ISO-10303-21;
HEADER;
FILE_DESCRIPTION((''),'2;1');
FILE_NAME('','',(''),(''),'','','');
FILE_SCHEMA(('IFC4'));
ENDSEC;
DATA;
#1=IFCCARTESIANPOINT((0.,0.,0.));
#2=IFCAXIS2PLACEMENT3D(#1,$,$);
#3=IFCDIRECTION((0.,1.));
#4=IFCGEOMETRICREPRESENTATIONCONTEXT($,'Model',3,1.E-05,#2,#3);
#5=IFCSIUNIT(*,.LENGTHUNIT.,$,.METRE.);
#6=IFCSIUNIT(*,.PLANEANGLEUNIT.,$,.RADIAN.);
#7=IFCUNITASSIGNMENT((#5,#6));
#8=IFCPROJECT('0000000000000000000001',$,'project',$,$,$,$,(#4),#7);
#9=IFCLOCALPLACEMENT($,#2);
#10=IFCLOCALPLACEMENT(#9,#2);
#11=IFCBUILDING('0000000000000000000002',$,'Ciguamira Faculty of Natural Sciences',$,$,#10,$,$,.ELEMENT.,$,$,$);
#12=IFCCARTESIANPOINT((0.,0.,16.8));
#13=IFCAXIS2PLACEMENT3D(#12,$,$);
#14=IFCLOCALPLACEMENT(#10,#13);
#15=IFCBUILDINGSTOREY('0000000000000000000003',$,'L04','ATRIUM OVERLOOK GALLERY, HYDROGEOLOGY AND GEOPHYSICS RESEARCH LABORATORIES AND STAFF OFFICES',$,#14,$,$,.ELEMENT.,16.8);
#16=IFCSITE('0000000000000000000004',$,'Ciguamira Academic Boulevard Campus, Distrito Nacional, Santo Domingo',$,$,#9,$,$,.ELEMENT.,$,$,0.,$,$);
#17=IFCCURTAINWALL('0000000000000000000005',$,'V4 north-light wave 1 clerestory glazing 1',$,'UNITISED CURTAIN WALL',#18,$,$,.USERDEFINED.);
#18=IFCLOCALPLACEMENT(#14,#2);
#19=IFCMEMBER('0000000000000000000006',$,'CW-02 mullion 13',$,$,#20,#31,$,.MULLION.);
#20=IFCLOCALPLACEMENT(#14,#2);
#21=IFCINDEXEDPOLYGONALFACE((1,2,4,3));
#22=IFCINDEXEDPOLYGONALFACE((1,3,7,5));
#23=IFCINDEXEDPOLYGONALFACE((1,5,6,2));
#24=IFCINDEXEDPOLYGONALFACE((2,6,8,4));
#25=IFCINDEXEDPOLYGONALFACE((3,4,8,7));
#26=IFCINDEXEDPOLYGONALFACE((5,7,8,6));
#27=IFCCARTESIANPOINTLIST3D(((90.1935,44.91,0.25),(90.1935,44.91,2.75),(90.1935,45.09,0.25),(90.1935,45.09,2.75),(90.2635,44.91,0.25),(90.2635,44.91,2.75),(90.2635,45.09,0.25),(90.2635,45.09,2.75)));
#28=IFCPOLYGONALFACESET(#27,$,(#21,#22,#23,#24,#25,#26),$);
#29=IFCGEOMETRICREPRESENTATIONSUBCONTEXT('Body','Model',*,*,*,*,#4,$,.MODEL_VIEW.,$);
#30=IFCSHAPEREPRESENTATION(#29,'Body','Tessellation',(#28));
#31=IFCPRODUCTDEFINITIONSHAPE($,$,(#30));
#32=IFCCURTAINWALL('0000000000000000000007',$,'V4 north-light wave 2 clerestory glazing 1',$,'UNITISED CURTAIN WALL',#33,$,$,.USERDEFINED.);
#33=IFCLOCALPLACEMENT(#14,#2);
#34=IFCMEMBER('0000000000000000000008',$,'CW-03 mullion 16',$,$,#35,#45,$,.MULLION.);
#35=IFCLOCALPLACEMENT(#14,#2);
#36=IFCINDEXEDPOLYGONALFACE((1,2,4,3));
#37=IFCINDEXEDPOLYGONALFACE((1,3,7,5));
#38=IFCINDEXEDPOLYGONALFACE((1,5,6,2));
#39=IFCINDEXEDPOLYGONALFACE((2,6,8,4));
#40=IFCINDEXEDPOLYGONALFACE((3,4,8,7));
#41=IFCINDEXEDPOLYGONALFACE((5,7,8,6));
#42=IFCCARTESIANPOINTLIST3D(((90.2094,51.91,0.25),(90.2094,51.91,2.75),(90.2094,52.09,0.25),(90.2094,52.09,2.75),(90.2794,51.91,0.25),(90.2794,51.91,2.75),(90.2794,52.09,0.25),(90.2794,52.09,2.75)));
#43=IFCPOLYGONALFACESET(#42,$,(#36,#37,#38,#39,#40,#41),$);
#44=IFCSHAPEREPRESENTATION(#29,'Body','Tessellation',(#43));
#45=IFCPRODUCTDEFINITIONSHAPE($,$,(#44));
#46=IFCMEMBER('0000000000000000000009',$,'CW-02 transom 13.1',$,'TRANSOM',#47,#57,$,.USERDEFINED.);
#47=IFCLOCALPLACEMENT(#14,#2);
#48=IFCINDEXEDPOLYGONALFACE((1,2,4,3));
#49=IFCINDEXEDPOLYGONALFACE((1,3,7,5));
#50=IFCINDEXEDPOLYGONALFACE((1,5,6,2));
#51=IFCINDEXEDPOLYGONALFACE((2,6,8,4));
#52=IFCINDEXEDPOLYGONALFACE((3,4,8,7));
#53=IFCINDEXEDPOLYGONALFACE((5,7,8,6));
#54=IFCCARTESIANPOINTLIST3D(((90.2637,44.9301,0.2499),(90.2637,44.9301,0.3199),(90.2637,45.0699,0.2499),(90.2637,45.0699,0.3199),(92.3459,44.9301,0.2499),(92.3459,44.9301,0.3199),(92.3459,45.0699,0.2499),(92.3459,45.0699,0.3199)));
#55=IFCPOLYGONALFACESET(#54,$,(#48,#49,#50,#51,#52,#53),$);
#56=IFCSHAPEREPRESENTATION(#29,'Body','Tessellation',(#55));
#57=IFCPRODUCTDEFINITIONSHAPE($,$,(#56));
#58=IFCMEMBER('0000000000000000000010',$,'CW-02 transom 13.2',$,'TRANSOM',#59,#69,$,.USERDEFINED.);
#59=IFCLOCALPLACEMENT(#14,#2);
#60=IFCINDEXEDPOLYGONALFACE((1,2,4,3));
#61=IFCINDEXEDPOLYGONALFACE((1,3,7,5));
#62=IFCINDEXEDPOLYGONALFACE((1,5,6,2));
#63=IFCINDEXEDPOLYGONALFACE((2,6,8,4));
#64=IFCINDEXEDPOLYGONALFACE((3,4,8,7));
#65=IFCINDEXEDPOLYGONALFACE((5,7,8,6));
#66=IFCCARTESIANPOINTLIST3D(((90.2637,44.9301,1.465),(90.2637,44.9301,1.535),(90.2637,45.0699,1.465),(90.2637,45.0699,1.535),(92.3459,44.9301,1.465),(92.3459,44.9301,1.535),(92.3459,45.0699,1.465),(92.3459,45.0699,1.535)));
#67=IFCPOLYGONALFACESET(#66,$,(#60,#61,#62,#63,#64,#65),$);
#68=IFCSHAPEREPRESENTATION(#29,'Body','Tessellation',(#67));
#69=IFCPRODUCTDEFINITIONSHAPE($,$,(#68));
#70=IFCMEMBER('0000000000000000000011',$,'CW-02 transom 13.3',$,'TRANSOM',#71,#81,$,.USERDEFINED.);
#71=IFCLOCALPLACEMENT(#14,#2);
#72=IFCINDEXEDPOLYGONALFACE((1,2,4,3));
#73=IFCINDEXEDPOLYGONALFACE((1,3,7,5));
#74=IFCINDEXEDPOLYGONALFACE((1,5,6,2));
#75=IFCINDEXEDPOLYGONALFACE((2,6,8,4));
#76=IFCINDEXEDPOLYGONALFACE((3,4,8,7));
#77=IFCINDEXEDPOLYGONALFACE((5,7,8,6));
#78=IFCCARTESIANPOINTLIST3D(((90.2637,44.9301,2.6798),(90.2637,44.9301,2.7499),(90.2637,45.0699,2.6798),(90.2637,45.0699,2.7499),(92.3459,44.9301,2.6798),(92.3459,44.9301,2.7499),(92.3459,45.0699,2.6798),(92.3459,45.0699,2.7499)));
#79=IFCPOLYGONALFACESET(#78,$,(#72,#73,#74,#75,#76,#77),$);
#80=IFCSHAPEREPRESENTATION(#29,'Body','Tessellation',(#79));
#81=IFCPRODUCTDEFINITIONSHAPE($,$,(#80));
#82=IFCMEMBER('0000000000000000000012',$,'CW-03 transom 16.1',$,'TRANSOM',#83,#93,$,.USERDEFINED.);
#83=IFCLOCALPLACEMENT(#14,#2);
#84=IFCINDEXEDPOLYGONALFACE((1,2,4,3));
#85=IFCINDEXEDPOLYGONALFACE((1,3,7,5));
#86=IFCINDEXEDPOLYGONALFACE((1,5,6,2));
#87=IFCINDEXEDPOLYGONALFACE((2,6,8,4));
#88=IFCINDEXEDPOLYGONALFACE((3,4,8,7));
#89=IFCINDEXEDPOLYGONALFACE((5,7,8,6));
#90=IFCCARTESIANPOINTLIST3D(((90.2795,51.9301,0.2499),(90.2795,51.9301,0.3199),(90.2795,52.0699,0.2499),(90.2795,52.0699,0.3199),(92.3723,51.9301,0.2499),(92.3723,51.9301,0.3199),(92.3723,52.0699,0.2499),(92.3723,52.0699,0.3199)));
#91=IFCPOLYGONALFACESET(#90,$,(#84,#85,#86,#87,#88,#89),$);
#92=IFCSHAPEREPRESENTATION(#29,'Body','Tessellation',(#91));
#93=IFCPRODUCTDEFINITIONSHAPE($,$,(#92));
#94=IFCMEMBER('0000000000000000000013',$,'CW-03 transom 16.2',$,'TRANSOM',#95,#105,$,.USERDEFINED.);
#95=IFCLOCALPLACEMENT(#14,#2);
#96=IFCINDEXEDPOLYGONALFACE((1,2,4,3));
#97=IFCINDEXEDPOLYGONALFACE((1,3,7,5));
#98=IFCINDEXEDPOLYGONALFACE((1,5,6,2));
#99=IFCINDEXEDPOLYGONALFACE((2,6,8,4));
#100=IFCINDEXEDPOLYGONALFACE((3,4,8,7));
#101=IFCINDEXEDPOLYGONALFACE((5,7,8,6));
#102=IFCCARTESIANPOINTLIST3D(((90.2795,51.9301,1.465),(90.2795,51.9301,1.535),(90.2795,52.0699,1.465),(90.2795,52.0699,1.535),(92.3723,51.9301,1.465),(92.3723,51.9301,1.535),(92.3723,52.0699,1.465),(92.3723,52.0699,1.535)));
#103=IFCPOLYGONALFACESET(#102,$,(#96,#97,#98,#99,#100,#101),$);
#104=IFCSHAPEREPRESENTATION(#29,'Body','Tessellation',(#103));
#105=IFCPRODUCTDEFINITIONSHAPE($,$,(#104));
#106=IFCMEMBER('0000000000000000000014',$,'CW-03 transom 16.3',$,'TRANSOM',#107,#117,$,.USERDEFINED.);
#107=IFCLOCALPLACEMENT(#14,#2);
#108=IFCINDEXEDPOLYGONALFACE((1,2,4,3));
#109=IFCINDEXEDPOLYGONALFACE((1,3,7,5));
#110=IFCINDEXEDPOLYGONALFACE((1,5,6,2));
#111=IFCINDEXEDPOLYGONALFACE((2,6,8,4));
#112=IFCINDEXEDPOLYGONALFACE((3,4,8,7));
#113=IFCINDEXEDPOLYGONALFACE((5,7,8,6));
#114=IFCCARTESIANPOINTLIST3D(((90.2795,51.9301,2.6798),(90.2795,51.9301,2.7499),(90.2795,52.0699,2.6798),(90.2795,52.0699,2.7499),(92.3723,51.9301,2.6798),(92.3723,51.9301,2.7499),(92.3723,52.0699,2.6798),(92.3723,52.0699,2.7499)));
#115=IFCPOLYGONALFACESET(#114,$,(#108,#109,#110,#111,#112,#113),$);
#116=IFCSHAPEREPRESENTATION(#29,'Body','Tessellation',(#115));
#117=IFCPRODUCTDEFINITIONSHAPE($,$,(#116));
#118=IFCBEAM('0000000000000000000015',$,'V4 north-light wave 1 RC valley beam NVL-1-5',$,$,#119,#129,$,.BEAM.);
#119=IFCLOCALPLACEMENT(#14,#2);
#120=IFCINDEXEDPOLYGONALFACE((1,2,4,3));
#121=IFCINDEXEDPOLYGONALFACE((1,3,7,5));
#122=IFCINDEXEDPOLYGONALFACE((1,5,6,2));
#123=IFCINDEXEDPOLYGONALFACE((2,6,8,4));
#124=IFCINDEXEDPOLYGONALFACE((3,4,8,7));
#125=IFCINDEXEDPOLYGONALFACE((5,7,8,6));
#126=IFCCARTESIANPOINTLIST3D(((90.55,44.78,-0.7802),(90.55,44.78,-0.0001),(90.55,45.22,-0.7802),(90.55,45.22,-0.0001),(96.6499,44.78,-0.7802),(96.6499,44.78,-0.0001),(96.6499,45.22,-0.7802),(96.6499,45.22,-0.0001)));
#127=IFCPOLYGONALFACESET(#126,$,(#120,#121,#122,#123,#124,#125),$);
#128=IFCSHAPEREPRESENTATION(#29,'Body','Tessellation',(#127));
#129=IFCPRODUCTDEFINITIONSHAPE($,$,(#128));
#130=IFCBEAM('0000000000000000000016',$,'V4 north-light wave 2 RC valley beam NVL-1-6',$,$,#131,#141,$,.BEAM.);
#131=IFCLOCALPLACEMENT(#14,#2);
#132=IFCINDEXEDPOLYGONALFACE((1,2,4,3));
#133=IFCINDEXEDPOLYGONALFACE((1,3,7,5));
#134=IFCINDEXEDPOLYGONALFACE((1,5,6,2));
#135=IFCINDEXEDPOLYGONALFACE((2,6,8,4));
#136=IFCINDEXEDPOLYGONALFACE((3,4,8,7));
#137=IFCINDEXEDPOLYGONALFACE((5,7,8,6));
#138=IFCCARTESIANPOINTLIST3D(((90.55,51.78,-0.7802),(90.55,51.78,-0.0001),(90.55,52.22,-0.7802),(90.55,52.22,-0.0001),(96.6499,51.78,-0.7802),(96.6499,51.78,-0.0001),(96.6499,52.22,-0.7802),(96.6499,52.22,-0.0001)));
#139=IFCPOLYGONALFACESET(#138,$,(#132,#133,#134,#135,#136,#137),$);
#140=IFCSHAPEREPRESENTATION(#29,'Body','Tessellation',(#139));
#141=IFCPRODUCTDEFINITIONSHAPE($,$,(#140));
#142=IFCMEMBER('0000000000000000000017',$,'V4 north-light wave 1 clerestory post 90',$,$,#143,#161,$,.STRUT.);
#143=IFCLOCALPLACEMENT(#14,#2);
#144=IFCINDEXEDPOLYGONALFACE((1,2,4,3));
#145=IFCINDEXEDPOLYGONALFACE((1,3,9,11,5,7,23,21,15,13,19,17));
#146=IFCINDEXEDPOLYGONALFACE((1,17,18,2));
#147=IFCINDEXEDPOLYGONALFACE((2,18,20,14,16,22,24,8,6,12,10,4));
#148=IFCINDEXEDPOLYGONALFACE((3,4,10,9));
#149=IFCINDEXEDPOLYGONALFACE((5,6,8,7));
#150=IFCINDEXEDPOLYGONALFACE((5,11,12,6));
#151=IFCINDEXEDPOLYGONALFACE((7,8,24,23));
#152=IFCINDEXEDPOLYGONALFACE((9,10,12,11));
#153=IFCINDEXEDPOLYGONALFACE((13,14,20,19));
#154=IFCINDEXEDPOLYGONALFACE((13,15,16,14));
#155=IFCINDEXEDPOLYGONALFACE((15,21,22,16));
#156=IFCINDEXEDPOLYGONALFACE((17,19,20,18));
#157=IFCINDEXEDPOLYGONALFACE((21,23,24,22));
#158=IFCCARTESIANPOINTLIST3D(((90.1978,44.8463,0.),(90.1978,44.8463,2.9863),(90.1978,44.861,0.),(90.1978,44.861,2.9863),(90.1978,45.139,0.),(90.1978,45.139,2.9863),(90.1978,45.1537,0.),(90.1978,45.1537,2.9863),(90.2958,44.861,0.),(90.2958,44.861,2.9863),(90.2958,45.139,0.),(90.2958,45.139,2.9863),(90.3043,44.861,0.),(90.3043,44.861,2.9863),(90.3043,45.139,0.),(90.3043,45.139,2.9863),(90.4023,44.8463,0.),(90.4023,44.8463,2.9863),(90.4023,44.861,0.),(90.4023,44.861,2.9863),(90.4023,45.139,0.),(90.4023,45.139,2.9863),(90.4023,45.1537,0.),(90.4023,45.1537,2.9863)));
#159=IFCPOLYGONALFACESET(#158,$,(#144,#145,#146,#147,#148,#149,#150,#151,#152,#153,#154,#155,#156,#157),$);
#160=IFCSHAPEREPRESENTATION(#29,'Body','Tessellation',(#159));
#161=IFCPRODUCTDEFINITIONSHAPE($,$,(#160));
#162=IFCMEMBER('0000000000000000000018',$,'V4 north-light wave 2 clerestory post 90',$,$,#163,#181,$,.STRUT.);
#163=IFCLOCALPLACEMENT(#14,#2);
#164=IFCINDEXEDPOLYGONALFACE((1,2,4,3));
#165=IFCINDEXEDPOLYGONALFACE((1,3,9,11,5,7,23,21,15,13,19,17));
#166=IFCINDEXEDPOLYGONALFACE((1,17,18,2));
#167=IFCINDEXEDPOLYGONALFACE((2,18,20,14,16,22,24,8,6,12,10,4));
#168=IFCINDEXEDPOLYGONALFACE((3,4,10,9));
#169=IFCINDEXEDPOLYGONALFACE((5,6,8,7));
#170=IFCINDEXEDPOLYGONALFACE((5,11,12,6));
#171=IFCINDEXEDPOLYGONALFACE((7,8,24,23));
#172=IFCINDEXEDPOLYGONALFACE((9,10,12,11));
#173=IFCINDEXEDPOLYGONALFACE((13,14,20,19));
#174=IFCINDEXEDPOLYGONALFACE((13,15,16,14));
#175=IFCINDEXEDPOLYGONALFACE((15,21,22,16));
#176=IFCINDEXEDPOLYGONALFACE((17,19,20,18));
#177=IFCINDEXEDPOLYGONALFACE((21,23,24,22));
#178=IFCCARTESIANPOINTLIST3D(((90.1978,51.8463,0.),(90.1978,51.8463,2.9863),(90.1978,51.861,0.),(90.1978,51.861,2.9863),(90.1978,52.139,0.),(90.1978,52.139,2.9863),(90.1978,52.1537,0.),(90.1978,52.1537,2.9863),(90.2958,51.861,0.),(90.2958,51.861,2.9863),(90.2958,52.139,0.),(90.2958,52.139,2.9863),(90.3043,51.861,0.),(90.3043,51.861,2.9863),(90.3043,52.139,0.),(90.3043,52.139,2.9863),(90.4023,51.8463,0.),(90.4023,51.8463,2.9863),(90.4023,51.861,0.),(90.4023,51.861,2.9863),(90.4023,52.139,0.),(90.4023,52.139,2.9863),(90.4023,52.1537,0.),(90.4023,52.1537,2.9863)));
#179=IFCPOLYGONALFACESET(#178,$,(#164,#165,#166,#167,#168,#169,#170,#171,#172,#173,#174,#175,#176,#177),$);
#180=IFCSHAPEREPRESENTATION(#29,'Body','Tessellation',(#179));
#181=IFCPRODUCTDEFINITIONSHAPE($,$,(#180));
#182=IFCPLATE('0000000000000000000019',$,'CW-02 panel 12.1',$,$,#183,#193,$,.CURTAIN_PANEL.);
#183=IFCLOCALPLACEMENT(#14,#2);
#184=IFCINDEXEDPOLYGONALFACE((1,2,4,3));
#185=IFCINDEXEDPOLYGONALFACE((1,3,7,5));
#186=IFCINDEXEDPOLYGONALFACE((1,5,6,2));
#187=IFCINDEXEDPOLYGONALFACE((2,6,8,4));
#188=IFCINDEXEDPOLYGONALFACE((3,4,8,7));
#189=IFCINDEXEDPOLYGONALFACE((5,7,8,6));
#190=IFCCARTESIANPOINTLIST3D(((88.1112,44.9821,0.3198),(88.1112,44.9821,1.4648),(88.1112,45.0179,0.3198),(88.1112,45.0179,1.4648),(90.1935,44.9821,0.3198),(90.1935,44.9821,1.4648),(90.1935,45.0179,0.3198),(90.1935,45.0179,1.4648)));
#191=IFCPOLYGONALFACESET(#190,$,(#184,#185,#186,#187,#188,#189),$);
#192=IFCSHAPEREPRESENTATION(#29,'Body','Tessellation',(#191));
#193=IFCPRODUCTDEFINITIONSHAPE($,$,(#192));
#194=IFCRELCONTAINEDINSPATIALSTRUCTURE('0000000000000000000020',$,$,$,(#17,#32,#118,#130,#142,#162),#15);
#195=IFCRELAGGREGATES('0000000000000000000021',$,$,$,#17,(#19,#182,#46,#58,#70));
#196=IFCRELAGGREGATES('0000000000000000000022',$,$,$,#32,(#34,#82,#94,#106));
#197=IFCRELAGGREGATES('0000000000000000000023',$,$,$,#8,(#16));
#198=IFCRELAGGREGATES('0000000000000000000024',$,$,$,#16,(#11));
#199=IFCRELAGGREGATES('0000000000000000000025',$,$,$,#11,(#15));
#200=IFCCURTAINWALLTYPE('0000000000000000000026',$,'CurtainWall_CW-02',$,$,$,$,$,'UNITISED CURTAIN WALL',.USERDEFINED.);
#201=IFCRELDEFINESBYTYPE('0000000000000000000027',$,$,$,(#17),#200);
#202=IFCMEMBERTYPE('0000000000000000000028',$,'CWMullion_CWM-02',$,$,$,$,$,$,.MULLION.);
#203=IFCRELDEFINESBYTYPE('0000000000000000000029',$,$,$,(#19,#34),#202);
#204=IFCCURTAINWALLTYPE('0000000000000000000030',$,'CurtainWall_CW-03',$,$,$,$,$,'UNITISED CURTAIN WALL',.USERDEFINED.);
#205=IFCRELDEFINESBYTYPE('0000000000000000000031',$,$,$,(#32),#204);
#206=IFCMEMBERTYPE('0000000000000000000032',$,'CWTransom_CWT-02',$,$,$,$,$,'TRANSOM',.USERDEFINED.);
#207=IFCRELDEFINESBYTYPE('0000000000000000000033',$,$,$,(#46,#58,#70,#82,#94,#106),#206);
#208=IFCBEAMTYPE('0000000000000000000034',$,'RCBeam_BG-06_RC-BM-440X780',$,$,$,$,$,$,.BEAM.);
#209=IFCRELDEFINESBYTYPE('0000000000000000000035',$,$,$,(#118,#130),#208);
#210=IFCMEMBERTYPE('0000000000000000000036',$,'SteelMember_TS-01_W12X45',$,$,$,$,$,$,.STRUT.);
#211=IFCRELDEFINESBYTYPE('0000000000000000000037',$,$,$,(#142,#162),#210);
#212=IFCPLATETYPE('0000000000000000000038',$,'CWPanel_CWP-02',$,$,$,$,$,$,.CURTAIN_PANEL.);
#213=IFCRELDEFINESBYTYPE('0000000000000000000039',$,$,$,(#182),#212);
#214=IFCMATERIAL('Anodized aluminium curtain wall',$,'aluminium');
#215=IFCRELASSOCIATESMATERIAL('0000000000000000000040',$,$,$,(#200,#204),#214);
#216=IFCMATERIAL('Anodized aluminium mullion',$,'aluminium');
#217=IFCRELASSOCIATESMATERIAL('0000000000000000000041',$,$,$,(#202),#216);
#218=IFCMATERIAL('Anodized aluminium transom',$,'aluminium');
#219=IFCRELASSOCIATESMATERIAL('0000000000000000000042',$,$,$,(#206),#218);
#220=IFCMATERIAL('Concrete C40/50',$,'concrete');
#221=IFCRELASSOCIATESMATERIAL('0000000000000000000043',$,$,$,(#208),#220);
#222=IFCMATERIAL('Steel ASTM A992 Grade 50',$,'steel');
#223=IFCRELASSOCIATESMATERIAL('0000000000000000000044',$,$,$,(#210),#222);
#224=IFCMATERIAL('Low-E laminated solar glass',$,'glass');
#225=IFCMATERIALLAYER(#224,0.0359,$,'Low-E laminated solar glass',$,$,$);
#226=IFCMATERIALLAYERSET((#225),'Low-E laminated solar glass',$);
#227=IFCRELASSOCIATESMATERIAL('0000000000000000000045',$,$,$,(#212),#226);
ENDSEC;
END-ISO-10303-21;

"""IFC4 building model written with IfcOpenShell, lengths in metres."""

from ifc_helpers import new_model, si_unit, direction, frame, origin, origin_2d, place, context, subcontext, project, spatial, rectangle, i_section, extrude, material, layer, layer_set, material_profile, profile_set, type_object, element, aggregate, save


model = new_model("IFC4")

# Units and contexts
model_context = context("Model", 3, precision=1e-05, world=origin(), true_north=direction((0.0, 1.0)))
body_context = subcontext(model_context, "Body", "Model", "MODEL_VIEW")
ifc_project = project(units=[si_unit("LENGTHUNIT", "METRE"), si_unit("PLANEANGLEUNIT", "RADIAN")], contexts=[model_context])

# Site, building, storey
site_placement = place(None, origin())
site = spatial("IfcSite", under=ifc_project, at=site_placement, Name="Ciguamira Academic Boulevard Campus, Distrito Nacional, Santo Domingo", CompositionType="ELEMENT", RefElevation=0.0)
building_placement = place(site_placement, origin())
building = spatial("IfcBuilding", under=site, at=building_placement, Name="Ciguamira Faculty of Natural Sciences", CompositionType="ELEMENT")
storey_placement = place(building_placement, frame((0.0, 0.0, 16.8)))
storey = spatial("IfcBuildingStorey", under=building, at=storey_placement, Name="L04", Description="ATRIUM OVERLOOK GALLERY, HYDROGEOLOGY AND GEOPHYSICS RESEARCH LABORATORIES AND STAFF OFFICES", CompositionType="ELEMENT", Elevation=16.8)

# Curtain walls, members
ifc_material_1 = material(Name="Anodized aluminium curtain wall", Category="aluminium")
curtain_wall_type_1 = type_object("IfcCurtainWallType", Name="CurtainWall_CW-02", ElementType="UNITISED CURTAIN WALL", PredefinedType="USERDEFINED", material=ifc_material_1)
curtain_wall_1_placement = place(storey_placement, origin())
curtain_wall_1 = element("IfcCurtainWall", 1, at=curtain_wall_1_placement, inside=storey, type_object=curtain_wall_type_1, Name="V4 north-light wave 1 clerestory glazing 1", ObjectType="UNITISED CURTAIN WALL", PredefinedType="USERDEFINED")
ifc_material_2 = material(Name="Anodized aluminium mullion", Category="aluminium")
ifc_material_profile_1 = material_profile(ifc_material_2, rectangle(XDim=0.0701, YDim=0.1799, at=origin_2d()), Name="ALU-MUL-70X180")
ifc_profile_set_1 = profile_set([ifc_material_profile_1], Name="Anodized aluminium mullion")
member_type_1 = type_object("IfcMemberType", Name="CWMullion_CWM-02", PredefinedType="MULLION", material=ifc_profile_set_1)
member_1_placement = place(storey_placement, frame((90.2285, 45.0, 0.25), z_axis=(0.0, 0.0, 1.0), x_axis=(1.0, 0.0, 0.0)))
member_1 = element("IfcMember", 2, at=member_1_placement, type_object=member_type_1, Name="CW-02 mullion 13", PredefinedType="MULLION", context=body_context, shape_type="SweptSolid", body=[
    extrude(rectangle(XDim=0.0701, YDim=0.1799, at=origin_2d()), origin(), (0.0, 0.0, 1.0), 2.5),
])
curtain_wall_type_2 = type_object("IfcCurtainWallType", Name="CurtainWall_CW-03", ElementType="UNITISED CURTAIN WALL", PredefinedType="USERDEFINED", material=ifc_material_1)
curtain_wall_2_placement = place(storey_placement, origin())
curtain_wall_2 = element("IfcCurtainWall", 3, at=curtain_wall_2_placement, inside=storey, type_object=curtain_wall_type_2, Name="V4 north-light wave 2 clerestory glazing 1", ObjectType="UNITISED CURTAIN WALL", PredefinedType="USERDEFINED")
member_2_placement = place(storey_placement, frame((90.2444, 52.0, 0.25), z_axis=(0.0, 0.0, 1.0), x_axis=(1.0, 0.0, 0.0)))
member_2 = element("IfcMember", 4, at=member_2_placement, type_object=member_type_1, Name="CW-03 mullion 16", PredefinedType="MULLION", context=body_context, shape_type="SweptSolid", body=[
    extrude(rectangle(XDim=0.0701, YDim=0.1799, at=origin_2d()), origin(), (0.0, 0.0, 1.0), 2.5),
])

# Members
ifc_material_3 = material(Name="Anodized aluminium transom", Category="aluminium")
ifc_material_profile_2 = material_profile(ifc_material_3, rectangle(XDim=0.0701, YDim=0.1399, at=origin_2d()), Name="ALU-TRN-70X140")
ifc_profile_set_2 = profile_set([ifc_material_profile_2], Name="Anodized aluminium transom")
member_type_2 = type_object("IfcMemberType", Name="CWTransom_CWT-02", ElementType="TRANSOM", PredefinedType="USERDEFINED", material=ifc_profile_set_2)
member_3_placement = place(storey_placement, frame((90.2637, 45.0, 0.2849), z_axis=(1.0, 0.0, 0.0), x_axis=(0.0, 0.0, 1.0)))
member_3 = element("IfcMember", 5, at=member_3_placement, type_object=member_type_2, Name="CW-02 transom 13.1", ObjectType="TRANSOM", PredefinedType="USERDEFINED", context=body_context, shape_type="SweptSolid", body=[
    extrude(rectangle(XDim=0.0701, YDim=0.1399, at=origin_2d()), origin(), (0.0, 0.0, 1.0), 2.0823),
])
member_4_placement = place(storey_placement, frame((90.2637, 45.0, 1.5), z_axis=(1.0, 0.0, 0.0), x_axis=(0.0, 0.0, 1.0)))
member_4 = element("IfcMember", 6, at=member_4_placement, type_object=member_type_2, Name="CW-02 transom 13.2", ObjectType="TRANSOM", PredefinedType="USERDEFINED", context=body_context, shape_type="SweptSolid", body=[
    extrude(rectangle(XDim=0.0701, YDim=0.1399, at=origin_2d()), origin(), (0.0, 0.0, 1.0), 2.0823),
])
member_5_placement = place(storey_placement, frame((90.2637, 45.0, 2.7148), z_axis=(1.0, 0.0, 0.0), x_axis=(0.0, 0.0, 1.0)))
member_5 = element("IfcMember", 7, at=member_5_placement, type_object=member_type_2, Name="CW-02 transom 13.3", ObjectType="TRANSOM", PredefinedType="USERDEFINED", context=body_context, shape_type="SweptSolid", body=[
    extrude(rectangle(XDim=0.0701, YDim=0.1399, at=origin_2d()), origin(), (0.0, 0.0, 1.0), 2.0823),
])
member_6_placement = place(storey_placement, frame((90.2795, 52.0, 0.2849), z_axis=(1.0, 0.0, 0.0), x_axis=(0.0, 0.0, 1.0)))
member_6 = element("IfcMember", 8, at=member_6_placement, type_object=member_type_2, Name="CW-03 transom 16.1", ObjectType="TRANSOM", PredefinedType="USERDEFINED", context=body_context, shape_type="SweptSolid", body=[
    extrude(rectangle(XDim=0.0701, YDim=0.1399, at=origin_2d()), origin(), (0.0, 0.0, 1.0), 2.0928),
])
member_7_placement = place(storey_placement, frame((90.2795, 52.0, 1.5), z_axis=(1.0, 0.0, 0.0), x_axis=(0.0, 0.0, 1.0)))
member_7 = element("IfcMember", 9, at=member_7_placement, type_object=member_type_2, Name="CW-03 transom 16.2", ObjectType="TRANSOM", PredefinedType="USERDEFINED", context=body_context, shape_type="SweptSolid", body=[
    extrude(rectangle(XDim=0.0701, YDim=0.1399, at=origin_2d()), origin(), (0.0, 0.0, 1.0), 2.0928),
])
member_8_placement = place(storey_placement, frame((90.2795, 52.0, 2.7148), z_axis=(1.0, 0.0, 0.0), x_axis=(0.0, 0.0, 1.0)))
member_8 = element("IfcMember", 10, at=member_8_placement, type_object=member_type_2, Name="CW-03 transom 16.3", ObjectType="TRANSOM", PredefinedType="USERDEFINED", context=body_context, shape_type="SweptSolid", body=[
    extrude(rectangle(XDim=0.0701, YDim=0.1399, at=origin_2d()), origin(), (0.0, 0.0, 1.0), 2.0928),
])

# Beams
ifc_material_4 = material(Name="Concrete C40/50", Category="concrete")
ifc_material_profile_3 = material_profile(ifc_material_4, rectangle(XDim=0.4399, YDim=0.78, at=origin_2d()), Name="RC-BM-440X780")
ifc_profile_set_3 = profile_set([ifc_material_profile_3], Name="Concrete C40/50")
beam_type = type_object("IfcBeamType", Name="RCBeam_BG-06_RC-BM-440X780", PredefinedType="BEAM", material=ifc_profile_set_3)
for number, where, z_axis, x_axis, name in (
    (11, (90.55, 45.0, -0.3901), (1.0, 0.0, 0.0), (0.0, 1.0, 0.0), "V4 north-light wave 1 RC valley beam NVL-1-5"),
    (12, (90.55, 52.0, -0.3901), (1.0, 0.0, 0.0), (0.0, 1.0, 0.0), "V4 north-light wave 2 RC valley beam NVL-1-6"),
):
    element("IfcBeam", number, at=place(storey_placement, frame(where, z_axis=z_axis, x_axis=x_axis)), inside=storey, type_object=beam_type, Name=name, PredefinedType="BEAM", context=body_context, shape_type="SweptSolid", body=[
        extrude(rectangle(XDim=0.4399, YDim=0.78, at=origin_2d()), origin(), (0.0, 0.0, 1.0), 6.0999),
    ])

# Members
ifc_material_5 = material(Name="Steel ASTM A992 Grade 50", Category="steel")
ifc_material_profile_4 = material_profile(ifc_material_5, i_section(OverallWidth=0.2046, OverallDepth=0.3074, WebThickness=0.0085, FlangeThickness=0.0146, at=origin_2d()), Name="W12X45")
ifc_profile_set_4 = profile_set([ifc_material_profile_4], Name="Steel ASTM A992 Grade 50")
member_type_3 = type_object("IfcMemberType", Name="SteelMember_TS-01_W12X45", PredefinedType="STRUT", material=ifc_profile_set_4)
for number, where, z_axis, x_axis, name in (
    (13, (90.3, 45.0, 0.0), (0.0, 0.0, 1.0), (1.0, 0.0, 0.0), "V4 north-light wave 1 clerestory post 90"),
    (14, (90.3, 52.0, 0.0), (0.0, 0.0, 1.0), (1.0, 0.0, 0.0), "V4 north-light wave 2 clerestory post 90"),
):
    element("IfcMember", number, at=place(storey_placement, frame(where, z_axis=z_axis, x_axis=x_axis)), inside=storey, type_object=member_type_3, Name=name, PredefinedType="STRUT", context=body_context, shape_type="SweptSolid", body=[
        extrude(i_section(OverallWidth=0.2046, OverallDepth=0.3074, WebThickness=0.0085, FlangeThickness=0.0146, at=origin_2d()), origin(), (0.0, 0.0, 1.0), 2.9863),
    ])

# Plate
ifc_material_6 = material(Name="Low-E laminated solar glass", Category="glass")
ifc_layer_1 = layer(ifc_material_6, 0.0359, Name="Low-E laminated solar glass")
ifc_layer_set_1 = layer_set([ifc_layer_1], Name="Low-E laminated solar glass")
plate_type_1 = type_object("IfcPlateType", Name="CWPanel_CWP-02", PredefinedType="CURTAIN_PANEL", material=ifc_layer_set_1)
plate_1_placement = place(storey_placement, frame((89.1523, 45.0, 0.3198), z_axis=(0.0, 0.0, 1.0), x_axis=(1.0, 0.0, 0.0)))
plate_1 = element("IfcPlate", 15, at=plate_1_placement, type_object=plate_type_1, Name="CW-02 panel 12.1", PredefinedType="CURTAIN_PANEL", context=body_context, shape_type="SweptSolid", body=[
    extrude(rectangle(XDim=2.0823, YDim=0.0359, at=origin_2d()), origin(), (0.0, 0.0, 1.0), 1.145),
])
aggregate(curtain_wall_1, [member_1, plate_1, member_3, member_4, member_5])
aggregate(curtain_wall_2, [member_2, member_6, member_7, member_8])

save(model, "model.ifc")
